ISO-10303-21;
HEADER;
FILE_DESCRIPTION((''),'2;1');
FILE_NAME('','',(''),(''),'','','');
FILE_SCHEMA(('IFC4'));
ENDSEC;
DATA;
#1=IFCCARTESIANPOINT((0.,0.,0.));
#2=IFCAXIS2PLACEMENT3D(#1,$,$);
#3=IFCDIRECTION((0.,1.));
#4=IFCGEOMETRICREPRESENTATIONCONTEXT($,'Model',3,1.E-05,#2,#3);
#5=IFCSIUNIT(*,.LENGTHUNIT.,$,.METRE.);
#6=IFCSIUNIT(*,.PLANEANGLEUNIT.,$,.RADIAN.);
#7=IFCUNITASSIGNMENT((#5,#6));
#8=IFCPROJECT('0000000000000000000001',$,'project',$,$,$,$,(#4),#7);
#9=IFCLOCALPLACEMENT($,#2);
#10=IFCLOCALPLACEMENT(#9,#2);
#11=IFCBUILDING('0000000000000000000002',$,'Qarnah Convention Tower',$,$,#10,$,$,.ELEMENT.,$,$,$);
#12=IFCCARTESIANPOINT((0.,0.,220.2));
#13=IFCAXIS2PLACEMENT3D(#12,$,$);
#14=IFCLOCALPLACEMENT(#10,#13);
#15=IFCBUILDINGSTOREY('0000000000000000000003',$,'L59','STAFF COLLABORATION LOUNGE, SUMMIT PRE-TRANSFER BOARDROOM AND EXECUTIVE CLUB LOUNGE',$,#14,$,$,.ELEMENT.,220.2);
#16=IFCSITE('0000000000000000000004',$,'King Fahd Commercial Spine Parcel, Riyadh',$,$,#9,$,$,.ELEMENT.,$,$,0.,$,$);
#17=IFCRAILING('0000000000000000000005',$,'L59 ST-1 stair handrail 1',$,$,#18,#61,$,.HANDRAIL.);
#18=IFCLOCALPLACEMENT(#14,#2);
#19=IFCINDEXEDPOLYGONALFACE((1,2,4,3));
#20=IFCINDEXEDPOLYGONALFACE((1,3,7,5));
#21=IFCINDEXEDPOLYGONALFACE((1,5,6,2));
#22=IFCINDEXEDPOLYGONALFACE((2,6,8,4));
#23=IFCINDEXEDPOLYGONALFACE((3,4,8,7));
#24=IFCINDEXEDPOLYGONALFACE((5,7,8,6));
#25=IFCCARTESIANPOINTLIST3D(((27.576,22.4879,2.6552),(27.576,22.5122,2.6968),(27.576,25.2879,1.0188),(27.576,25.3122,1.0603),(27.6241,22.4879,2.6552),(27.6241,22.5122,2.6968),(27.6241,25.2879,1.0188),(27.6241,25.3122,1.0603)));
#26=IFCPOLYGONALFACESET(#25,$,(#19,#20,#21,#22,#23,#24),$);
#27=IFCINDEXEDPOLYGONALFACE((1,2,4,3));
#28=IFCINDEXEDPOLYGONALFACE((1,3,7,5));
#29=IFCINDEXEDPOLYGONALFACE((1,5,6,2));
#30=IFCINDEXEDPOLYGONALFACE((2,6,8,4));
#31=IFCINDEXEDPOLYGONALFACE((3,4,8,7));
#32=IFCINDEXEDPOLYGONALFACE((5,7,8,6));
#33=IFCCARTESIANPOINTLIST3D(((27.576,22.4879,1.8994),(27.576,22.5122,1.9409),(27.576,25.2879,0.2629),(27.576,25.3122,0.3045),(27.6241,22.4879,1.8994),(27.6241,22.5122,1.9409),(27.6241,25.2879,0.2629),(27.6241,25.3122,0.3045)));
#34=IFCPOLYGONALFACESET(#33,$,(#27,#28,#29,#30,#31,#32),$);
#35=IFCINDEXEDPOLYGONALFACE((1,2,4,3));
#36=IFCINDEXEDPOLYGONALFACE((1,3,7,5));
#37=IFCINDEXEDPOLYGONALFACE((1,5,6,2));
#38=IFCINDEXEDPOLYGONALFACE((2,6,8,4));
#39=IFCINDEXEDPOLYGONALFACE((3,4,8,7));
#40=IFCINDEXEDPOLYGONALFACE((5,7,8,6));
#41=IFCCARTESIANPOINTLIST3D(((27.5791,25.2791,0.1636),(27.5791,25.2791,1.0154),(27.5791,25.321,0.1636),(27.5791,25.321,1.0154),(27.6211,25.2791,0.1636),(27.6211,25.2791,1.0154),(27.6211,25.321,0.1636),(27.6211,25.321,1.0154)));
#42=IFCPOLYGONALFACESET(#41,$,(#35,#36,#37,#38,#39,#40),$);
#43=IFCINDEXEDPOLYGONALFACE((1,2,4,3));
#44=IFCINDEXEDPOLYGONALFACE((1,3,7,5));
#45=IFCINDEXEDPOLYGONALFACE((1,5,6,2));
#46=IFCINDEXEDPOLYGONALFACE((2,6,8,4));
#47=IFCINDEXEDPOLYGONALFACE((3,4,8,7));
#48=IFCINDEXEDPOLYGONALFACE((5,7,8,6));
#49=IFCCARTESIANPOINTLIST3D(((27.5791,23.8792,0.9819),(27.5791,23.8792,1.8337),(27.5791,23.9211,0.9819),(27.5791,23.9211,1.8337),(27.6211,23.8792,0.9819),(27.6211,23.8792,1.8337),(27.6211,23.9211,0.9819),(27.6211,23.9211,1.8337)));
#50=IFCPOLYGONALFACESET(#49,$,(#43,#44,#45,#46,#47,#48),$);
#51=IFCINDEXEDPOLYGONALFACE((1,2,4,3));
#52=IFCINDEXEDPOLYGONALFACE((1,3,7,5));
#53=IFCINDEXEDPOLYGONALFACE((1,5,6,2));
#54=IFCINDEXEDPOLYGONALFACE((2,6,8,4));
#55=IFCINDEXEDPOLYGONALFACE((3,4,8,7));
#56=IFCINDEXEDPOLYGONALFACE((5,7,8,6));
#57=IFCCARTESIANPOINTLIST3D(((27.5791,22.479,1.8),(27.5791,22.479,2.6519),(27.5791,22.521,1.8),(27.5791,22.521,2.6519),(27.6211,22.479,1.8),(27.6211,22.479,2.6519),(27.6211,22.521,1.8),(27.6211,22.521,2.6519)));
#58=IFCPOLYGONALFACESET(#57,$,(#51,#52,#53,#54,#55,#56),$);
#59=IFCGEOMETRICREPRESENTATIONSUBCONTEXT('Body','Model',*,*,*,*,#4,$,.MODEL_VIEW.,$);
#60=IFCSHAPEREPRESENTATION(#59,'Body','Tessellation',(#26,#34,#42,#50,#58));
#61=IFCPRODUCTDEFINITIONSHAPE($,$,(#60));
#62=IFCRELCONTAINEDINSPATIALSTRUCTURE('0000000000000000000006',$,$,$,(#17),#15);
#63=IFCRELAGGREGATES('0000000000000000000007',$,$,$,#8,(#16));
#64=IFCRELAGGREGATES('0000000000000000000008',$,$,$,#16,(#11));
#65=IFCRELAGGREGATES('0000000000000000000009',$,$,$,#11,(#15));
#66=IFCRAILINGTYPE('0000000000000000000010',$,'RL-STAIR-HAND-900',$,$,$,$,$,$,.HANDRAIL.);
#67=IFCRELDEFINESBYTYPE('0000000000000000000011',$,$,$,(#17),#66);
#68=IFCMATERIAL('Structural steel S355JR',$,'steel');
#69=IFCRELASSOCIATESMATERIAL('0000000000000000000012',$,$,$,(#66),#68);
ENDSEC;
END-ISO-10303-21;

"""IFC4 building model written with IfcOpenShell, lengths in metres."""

from ifc_helpers import new_model, si_unit, direction, frame, origin, origin_2d, place, context, subcontext, project, spatial, rectangle, extrude, material, type_object, element, save


model = new_model("IFC4")

# Units and contexts
model_context = context("Model", 3, precision=1e-05, world=origin(), true_north=direction((0.0, 1.0)))
body_context = subcontext(model_context, "Body", "Model", "MODEL_VIEW")
ifc_project = project(units=[si_unit("LENGTHUNIT", "METRE"), si_unit("PLANEANGLEUNIT", "RADIAN")], contexts=[model_context])

# Site, building, storey
site_placement = place(None, origin())
site = spatial("IfcSite", under=ifc_project, at=site_placement, Name="King Fahd Commercial Spine Parcel, Riyadh", CompositionType="ELEMENT", RefElevation=0.0)
building_placement = place(site_placement, origin())
building = spatial("IfcBuilding", under=site, at=building_placement, Name="Qarnah Convention Tower", CompositionType="ELEMENT")
storey_placement = place(building_placement, frame((0.0, 0.0, 220.2)))
storey = spatial("IfcBuildingStorey", under=building, at=storey_placement, Name="L59", Description="STAFF COLLABORATION LOUNGE, SUMMIT PRE-TRANSFER BOARDROOM AND EXECUTIVE CLUB LOUNGE", CompositionType="ELEMENT", Elevation=220.2)

# Shared definitions
ifc_material_1 = material(Name="Structural steel S355JR", Category="steel")

# Railing
railing_type_1 = type_object("IfcRailingType", Name="RL-STAIR-HAND-900", PredefinedType="HANDRAIL", material=ifc_material_1)
railing_1_placement = place(storey_placement, frame((27.6001, 25.3, 0.1636)))
element("IfcRailing", 1, at=railing_1_placement, inside=storey, type_object=railing_type_1, Name="L59 ST-1 stair handrail 1", PredefinedType="HANDRAIL", context=body_context, shape_type="SweptSolid", body=[
    extrude(rectangle(XDim=0.0481, YDim=0.0481, at=origin_2d()), frame((0.0, 0.0, 0.876), z_axis=(0.0, -0.863361, 0.504587), x_axis=(1.0, 0.0, 0.0)), (0.0, 0.0, 1.0), 3.2432),
    extrude(rectangle(XDim=0.0481, YDim=0.0481, at=origin_2d()), frame((0.0, 0.0, 0.1201), z_axis=(0.0, -0.863361, 0.504587), x_axis=(1.0, 0.0, 0.0)), (0.0, 0.0, 1.0), 3.2432),
    extrude(rectangle(XDim=0.042, YDim=0.042, at=origin_2d()), origin(), (0.0, 0.0, 1.0), 0.8518),
    extrude(rectangle(XDim=0.042, YDim=0.042, at=origin_2d()), frame((0.0, -1.3999, 0.8184)), (0.0, 0.0, 1.0), 0.8518),
    extrude(rectangle(XDim=0.042, YDim=0.042, at=origin_2d()), frame((0.0, -2.8, 1.6365)), (0.0, 0.0, 1.0), 0.8518),
])

save(model, "model.ifc")
